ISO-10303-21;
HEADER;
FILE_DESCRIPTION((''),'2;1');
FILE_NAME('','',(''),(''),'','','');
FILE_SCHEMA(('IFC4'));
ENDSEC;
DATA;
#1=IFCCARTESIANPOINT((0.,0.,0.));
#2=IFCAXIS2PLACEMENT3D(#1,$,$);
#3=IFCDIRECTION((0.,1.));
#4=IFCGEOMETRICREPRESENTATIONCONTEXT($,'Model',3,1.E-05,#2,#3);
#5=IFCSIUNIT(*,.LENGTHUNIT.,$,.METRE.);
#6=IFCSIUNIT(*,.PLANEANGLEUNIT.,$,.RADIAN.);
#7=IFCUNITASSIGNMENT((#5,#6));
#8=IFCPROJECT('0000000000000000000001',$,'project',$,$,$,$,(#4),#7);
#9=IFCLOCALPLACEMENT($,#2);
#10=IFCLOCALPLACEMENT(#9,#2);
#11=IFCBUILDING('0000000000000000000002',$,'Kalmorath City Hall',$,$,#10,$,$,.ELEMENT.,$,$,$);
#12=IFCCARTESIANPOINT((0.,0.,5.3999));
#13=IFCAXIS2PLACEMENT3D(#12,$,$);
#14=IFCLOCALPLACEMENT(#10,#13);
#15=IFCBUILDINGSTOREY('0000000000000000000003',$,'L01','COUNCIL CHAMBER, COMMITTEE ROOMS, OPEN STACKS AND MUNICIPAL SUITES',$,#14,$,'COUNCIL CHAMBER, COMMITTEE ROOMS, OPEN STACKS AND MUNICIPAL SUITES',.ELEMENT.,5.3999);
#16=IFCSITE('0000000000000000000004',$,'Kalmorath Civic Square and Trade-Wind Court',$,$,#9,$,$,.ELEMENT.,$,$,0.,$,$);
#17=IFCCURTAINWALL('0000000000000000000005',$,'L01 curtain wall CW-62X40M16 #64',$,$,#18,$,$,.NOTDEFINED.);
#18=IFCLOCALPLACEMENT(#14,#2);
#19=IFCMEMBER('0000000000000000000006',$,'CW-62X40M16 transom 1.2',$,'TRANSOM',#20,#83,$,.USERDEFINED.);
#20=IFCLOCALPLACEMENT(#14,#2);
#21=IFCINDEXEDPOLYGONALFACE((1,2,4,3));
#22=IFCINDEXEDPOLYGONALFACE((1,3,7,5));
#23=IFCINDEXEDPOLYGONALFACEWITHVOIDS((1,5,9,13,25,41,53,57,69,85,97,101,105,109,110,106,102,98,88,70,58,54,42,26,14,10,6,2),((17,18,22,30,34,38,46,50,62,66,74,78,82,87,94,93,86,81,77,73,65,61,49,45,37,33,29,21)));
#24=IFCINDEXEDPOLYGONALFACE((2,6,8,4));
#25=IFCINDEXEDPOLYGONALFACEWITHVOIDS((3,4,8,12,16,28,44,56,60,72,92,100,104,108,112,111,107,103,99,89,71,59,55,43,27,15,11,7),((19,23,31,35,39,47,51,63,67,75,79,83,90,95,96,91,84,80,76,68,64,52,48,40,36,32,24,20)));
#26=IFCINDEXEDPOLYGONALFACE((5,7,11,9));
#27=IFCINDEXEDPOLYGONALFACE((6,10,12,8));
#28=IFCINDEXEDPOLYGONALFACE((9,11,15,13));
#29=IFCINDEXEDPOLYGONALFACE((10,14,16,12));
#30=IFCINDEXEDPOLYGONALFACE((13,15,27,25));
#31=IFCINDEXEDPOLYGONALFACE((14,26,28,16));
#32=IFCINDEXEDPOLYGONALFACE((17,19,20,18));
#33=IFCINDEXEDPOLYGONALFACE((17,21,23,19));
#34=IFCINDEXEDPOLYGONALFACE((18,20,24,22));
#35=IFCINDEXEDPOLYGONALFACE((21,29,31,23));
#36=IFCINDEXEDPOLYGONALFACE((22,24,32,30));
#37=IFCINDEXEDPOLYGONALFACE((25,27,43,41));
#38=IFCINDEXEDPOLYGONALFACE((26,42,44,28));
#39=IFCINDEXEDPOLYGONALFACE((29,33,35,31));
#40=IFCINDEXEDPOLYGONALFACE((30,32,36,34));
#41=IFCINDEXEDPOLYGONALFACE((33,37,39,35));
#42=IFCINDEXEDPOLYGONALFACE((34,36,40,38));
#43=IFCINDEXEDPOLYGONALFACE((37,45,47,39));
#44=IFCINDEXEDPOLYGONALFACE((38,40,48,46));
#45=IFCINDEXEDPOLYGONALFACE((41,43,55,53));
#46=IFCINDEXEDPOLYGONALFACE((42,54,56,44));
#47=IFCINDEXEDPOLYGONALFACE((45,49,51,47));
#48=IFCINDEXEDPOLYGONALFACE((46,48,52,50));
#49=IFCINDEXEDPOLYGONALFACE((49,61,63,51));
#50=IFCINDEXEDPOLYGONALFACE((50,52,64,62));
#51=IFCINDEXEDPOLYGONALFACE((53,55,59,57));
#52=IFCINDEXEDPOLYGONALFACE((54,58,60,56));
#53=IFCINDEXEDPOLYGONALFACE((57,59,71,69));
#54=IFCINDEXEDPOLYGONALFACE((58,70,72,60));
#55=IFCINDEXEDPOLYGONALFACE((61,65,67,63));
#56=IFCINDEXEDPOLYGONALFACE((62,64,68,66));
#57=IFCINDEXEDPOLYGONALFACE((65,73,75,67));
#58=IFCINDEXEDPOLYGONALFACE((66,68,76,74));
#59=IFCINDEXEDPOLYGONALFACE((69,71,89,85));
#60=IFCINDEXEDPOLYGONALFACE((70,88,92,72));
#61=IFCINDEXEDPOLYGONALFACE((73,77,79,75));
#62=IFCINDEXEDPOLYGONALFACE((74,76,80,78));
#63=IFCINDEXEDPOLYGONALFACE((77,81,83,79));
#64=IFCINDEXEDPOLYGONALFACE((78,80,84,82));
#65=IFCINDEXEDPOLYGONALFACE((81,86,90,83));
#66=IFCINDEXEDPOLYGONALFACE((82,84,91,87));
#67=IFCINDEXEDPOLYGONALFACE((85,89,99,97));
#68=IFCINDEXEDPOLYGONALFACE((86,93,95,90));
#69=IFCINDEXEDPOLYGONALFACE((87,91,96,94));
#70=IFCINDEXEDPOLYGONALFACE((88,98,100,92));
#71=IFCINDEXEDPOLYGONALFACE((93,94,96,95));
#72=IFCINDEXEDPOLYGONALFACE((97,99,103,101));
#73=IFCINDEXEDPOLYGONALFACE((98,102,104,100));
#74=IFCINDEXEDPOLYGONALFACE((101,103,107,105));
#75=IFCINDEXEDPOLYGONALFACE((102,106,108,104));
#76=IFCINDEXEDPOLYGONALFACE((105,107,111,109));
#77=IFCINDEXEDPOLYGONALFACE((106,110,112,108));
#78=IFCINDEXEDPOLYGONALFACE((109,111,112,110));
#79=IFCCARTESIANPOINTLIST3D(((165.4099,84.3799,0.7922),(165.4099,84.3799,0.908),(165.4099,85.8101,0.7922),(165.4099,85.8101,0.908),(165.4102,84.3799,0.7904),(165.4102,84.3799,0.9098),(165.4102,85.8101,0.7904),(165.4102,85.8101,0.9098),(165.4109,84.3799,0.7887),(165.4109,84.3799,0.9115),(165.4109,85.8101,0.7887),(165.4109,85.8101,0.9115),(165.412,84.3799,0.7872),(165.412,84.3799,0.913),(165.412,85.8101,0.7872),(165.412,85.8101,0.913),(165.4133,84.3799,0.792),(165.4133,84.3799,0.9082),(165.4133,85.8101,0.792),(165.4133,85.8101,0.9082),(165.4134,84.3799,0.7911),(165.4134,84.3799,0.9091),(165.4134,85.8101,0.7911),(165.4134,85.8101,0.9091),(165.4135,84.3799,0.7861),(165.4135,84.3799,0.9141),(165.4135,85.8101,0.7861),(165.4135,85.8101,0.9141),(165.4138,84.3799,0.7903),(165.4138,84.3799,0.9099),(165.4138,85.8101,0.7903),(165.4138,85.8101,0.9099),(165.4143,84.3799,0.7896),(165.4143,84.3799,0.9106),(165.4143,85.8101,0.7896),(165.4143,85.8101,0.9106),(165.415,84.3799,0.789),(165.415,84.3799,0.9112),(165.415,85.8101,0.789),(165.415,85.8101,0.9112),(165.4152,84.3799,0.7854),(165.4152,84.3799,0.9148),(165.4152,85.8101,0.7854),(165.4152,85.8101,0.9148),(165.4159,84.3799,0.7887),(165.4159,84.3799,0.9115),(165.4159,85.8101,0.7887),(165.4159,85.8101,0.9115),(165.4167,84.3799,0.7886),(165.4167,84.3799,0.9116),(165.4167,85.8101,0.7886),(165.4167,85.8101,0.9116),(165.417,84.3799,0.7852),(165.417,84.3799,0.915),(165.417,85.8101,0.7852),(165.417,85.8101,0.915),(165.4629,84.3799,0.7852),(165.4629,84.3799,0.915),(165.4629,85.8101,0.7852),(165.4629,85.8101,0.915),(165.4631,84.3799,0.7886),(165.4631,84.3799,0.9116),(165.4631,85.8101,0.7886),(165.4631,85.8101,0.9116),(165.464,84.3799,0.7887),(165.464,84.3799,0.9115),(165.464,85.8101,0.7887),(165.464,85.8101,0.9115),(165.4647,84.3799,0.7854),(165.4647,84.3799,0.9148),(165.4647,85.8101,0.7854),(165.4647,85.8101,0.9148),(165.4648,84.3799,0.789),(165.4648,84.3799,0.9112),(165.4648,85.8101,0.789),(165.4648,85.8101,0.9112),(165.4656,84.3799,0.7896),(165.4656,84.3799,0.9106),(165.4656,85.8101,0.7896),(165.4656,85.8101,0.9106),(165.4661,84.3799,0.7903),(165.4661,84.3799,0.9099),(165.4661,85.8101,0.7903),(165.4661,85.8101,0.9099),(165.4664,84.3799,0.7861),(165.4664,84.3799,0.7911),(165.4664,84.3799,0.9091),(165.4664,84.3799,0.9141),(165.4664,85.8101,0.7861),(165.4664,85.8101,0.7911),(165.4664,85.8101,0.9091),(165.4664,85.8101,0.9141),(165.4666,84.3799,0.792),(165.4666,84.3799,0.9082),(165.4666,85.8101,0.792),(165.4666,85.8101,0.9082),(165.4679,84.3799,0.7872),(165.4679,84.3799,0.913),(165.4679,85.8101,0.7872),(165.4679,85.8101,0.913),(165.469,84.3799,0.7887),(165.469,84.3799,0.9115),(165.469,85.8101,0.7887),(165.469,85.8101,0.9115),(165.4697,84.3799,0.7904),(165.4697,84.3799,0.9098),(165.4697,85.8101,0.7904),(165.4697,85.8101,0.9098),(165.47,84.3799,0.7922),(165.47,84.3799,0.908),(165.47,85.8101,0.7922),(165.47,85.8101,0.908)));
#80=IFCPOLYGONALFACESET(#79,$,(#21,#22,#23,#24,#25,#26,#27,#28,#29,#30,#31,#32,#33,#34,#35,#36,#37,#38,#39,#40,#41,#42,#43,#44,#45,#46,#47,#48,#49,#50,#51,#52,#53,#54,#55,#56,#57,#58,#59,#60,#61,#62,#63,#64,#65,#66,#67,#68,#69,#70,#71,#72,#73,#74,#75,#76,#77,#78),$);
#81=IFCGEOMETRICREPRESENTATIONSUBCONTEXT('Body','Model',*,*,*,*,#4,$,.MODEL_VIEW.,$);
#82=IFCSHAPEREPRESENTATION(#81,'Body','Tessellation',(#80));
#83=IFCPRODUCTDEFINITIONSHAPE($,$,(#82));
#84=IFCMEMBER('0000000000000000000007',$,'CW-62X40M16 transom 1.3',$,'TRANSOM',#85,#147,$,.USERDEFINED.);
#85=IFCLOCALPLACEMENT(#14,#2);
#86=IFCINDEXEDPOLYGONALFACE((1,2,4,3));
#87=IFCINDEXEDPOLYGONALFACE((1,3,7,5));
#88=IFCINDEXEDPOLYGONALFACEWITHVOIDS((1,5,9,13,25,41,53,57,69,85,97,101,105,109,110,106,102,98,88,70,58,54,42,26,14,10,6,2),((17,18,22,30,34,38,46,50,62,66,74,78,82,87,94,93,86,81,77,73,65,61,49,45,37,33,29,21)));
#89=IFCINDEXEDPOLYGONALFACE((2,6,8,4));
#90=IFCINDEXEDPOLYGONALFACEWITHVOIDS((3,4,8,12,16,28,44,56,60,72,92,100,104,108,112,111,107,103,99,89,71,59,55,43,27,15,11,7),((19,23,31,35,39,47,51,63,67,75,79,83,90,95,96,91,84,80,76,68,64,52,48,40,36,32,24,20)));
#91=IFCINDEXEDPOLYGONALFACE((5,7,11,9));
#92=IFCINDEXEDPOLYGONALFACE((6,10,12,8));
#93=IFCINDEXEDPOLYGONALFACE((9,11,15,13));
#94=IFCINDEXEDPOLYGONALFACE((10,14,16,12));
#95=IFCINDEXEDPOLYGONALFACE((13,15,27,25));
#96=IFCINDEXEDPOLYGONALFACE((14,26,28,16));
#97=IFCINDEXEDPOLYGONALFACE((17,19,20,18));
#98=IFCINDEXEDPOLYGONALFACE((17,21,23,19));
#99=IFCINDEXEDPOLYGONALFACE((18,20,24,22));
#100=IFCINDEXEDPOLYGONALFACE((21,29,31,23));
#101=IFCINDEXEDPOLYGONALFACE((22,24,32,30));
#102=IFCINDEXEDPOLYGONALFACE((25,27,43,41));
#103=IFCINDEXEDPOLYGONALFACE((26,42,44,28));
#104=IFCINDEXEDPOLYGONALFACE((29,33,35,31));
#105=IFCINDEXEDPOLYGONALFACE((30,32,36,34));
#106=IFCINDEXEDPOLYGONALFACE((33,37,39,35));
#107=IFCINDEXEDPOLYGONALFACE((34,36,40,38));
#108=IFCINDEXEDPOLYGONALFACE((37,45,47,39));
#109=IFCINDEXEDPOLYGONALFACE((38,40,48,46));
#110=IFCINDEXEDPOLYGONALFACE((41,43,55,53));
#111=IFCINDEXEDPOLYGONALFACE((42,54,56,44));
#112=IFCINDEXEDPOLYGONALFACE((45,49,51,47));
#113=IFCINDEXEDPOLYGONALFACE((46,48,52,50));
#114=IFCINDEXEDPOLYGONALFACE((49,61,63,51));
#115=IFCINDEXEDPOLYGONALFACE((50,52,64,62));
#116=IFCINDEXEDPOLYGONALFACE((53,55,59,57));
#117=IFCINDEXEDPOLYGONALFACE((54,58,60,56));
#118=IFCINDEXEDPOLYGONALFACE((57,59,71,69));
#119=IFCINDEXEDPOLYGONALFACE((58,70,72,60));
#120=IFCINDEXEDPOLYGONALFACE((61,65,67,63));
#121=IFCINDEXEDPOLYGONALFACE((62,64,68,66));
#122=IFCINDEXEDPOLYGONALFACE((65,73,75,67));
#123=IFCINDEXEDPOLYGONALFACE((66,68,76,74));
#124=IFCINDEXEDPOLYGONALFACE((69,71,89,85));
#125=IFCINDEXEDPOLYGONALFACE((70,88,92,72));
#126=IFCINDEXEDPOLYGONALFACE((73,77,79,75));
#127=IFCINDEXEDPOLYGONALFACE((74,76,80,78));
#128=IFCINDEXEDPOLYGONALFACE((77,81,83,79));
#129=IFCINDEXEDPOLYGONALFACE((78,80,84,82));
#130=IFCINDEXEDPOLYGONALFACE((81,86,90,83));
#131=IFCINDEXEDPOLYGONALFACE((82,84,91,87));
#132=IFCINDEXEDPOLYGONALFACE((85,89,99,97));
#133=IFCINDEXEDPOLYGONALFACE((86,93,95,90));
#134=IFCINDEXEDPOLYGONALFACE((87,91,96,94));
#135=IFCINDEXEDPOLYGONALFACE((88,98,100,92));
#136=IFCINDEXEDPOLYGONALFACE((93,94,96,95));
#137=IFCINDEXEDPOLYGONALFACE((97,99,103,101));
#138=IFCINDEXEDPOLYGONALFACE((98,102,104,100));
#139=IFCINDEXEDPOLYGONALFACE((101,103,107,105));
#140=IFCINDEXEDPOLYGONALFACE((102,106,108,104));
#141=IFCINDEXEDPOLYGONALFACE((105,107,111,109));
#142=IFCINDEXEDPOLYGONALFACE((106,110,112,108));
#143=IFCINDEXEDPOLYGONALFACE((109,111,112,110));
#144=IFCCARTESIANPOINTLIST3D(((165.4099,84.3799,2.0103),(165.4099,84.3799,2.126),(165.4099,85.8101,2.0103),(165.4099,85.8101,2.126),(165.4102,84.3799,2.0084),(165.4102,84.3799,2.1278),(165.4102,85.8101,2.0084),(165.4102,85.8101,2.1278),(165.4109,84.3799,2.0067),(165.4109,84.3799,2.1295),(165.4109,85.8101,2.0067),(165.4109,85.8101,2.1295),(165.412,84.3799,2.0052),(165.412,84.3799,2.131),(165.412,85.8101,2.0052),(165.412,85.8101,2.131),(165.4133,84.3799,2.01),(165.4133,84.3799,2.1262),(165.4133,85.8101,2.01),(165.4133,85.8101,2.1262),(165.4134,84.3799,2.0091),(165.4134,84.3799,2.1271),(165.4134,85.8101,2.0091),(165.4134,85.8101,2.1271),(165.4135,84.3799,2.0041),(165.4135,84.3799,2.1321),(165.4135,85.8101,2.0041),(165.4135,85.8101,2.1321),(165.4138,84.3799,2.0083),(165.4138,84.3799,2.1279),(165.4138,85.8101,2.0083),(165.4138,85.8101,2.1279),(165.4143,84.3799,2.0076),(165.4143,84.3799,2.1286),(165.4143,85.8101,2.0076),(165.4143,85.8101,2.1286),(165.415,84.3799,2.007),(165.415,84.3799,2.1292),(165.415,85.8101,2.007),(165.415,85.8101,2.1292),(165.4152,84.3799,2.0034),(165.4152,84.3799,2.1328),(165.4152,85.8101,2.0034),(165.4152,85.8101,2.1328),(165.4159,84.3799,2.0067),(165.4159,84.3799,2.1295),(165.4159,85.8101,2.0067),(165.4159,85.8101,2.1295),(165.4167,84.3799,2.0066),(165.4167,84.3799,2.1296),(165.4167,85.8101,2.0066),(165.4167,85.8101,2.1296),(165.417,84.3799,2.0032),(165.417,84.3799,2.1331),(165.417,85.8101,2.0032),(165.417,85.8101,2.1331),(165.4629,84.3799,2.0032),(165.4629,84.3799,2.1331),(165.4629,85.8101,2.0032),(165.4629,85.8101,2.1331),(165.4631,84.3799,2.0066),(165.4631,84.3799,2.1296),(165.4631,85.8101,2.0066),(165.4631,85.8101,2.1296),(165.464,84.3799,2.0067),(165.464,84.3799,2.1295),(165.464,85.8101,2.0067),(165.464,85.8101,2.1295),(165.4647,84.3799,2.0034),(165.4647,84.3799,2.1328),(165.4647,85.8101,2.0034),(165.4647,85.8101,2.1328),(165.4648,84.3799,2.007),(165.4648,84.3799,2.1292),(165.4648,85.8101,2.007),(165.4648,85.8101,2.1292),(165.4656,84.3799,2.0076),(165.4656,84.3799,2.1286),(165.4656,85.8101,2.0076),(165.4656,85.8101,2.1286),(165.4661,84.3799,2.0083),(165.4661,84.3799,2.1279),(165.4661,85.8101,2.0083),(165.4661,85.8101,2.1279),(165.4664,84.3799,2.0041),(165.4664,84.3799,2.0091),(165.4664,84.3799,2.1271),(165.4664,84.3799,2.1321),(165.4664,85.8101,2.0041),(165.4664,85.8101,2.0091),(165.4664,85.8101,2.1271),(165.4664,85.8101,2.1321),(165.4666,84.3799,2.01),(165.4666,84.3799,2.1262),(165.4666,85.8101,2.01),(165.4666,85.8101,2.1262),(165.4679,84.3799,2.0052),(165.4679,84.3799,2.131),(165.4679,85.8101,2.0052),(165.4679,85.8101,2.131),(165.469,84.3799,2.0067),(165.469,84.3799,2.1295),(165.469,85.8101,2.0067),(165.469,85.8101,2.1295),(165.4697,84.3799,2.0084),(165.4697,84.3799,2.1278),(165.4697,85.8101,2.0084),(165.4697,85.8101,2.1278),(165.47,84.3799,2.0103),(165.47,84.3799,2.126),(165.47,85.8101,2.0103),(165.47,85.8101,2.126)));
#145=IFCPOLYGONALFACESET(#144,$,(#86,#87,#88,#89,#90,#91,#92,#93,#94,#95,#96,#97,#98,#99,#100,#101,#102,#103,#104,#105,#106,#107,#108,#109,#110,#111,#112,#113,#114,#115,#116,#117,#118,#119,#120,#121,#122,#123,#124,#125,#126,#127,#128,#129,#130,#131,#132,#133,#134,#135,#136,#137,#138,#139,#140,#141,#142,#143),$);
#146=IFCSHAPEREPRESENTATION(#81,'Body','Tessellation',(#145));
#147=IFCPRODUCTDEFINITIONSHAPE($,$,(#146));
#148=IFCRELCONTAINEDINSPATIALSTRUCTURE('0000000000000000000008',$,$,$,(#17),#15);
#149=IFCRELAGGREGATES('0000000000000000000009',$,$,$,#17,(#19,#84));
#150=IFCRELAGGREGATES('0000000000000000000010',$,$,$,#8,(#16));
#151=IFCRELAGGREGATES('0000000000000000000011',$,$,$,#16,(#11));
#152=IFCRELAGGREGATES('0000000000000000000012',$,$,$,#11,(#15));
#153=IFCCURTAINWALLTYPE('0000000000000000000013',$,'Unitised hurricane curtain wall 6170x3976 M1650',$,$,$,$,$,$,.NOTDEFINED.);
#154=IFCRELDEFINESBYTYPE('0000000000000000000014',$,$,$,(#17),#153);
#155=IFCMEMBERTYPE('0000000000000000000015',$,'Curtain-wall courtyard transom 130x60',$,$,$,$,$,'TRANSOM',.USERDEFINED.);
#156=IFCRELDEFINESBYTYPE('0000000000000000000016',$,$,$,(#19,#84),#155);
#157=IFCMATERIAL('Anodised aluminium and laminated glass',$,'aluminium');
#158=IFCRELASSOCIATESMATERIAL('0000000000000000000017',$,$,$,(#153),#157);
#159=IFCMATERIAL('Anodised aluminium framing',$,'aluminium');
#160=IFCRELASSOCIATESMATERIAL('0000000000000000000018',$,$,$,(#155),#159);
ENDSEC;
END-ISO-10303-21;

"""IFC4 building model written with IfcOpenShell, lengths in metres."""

from ifc_helpers import new_model, si_unit, direction, frame, origin, origin_2d, place, context, subcontext, project, spatial, hollow_rectangle, extrude, material, material_profile, profile_set, type_object, element, aggregate, save


model = new_model("IFC4")

# Units and contexts
model_context = context("Model", 3, precision=1e-05, world=origin(), true_north=direction((0.0, 1.0)))
body_context = subcontext(model_context, "Body", "Model", "MODEL_VIEW")
ifc_project = project(units=[si_unit("LENGTHUNIT", "METRE"), si_unit("PLANEANGLEUNIT", "RADIAN")], contexts=[model_context])

# Site, building, storey
site_placement = place(None, origin())
site = spatial("IfcSite", under=ifc_project, at=site_placement, Name="Kalmorath Civic Square and Trade-Wind Court", CompositionType="ELEMENT", RefElevation=0.0)
building_placement = place(site_placement, origin())
building = spatial("IfcBuilding", under=site, at=building_placement, Name="Kalmorath City Hall", CompositionType="ELEMENT")
storey_placement = place(building_placement, frame((0.0, 0.0, 5.3999)))
storey = spatial("IfcBuildingStorey", under=building, at=storey_placement, Name="L01", Description="COUNCIL CHAMBER, COMMITTEE ROOMS, OPEN STACKS AND MUNICIPAL SUITES", LongName="COUNCIL CHAMBER, COMMITTEE ROOMS, OPEN STACKS AND MUNICIPAL SUITES", CompositionType="ELEMENT", Elevation=5.3999)

# Curtain wall, members
ifc_material_1 = material(Name="Anodised aluminium and laminated glass", Category="aluminium")
curtain_wall_type = type_object("IfcCurtainWallType", Name="Unitised hurricane curtain wall 6170x3976 M1650", PredefinedType="NOTDEFINED", material=ifc_material_1)
curtain_wall_placement = place(storey_placement, origin())
curtain_wall = element("IfcCurtainWall", 1, at=curtain_wall_placement, inside=storey, type_object=curtain_wall_type, Name="L01 curtain wall CW-62X40M16 #64", PredefinedType="NOTDEFINED")
ifc_material_2 = material(Name="Anodised aluminium framing", Category="aluminium")
ifc_material_profile_1 = material_profile(ifc_material_2, hollow_rectangle(XDim=0.0601, YDim=0.1299, WallThickness=0.0034, InnerFilletRadius=0.0034, OuterFilletRadius=0.0071, at=origin_2d()), Name="ALU-TRN-130X60X3.5")
ifc_profile_set_1 = profile_set([ifc_material_profile_1], Name="Anodised aluminium framing")
member_type_1 = type_object("IfcMemberType", Name="Curtain-wall courtyard transom 130x60", ElementType="TRANSOM", PredefinedType="USERDEFINED", material=ifc_profile_set_1)
member_1_placement = place(storey_placement, frame((165.4399, 85.8101, 0.8501), z_axis=(0.0, -1.0, 0.0), x_axis=(1.0, 0.0, 0.0)))
member_1 = element("IfcMember", 2, at=member_1_placement, type_object=member_type_1, Name="CW-62X40M16 transom 1.2", ObjectType="TRANSOM", PredefinedType="USERDEFINED", context=body_context, shape_type="SweptSolid", body=[
    extrude(hollow_rectangle(XDim=0.0601, YDim=0.1299, WallThickness=0.0034, InnerFilletRadius=0.0034, OuterFilletRadius=0.0071, at=origin_2d()), origin(), (0.0, 0.0, 1.0), 1.4302),
])
member_2_placement = place(storey_placement, frame((165.4399, 85.8101, 2.0681), z_axis=(0.0, -1.0, 0.0), x_axis=(1.0, 0.0, 0.0)))
member_2 = element("IfcMember", 3, at=member_2_placement, type_object=member_type_1, Name="CW-62X40M16 transom 1.3", ObjectType="TRANSOM", PredefinedType="USERDEFINED", context=body_context, shape_type="SweptSolid", body=[
    extrude(hollow_rectangle(XDim=0.0601, YDim=0.1299, WallThickness=0.0034, InnerFilletRadius=0.0034, OuterFilletRadius=0.0071, at=origin_2d()), origin(), (0.0, 0.0, 1.0), 1.4302),
])

aggregate(curtain_wall, [member_1, member_2])

save(model, "model.ifc")
